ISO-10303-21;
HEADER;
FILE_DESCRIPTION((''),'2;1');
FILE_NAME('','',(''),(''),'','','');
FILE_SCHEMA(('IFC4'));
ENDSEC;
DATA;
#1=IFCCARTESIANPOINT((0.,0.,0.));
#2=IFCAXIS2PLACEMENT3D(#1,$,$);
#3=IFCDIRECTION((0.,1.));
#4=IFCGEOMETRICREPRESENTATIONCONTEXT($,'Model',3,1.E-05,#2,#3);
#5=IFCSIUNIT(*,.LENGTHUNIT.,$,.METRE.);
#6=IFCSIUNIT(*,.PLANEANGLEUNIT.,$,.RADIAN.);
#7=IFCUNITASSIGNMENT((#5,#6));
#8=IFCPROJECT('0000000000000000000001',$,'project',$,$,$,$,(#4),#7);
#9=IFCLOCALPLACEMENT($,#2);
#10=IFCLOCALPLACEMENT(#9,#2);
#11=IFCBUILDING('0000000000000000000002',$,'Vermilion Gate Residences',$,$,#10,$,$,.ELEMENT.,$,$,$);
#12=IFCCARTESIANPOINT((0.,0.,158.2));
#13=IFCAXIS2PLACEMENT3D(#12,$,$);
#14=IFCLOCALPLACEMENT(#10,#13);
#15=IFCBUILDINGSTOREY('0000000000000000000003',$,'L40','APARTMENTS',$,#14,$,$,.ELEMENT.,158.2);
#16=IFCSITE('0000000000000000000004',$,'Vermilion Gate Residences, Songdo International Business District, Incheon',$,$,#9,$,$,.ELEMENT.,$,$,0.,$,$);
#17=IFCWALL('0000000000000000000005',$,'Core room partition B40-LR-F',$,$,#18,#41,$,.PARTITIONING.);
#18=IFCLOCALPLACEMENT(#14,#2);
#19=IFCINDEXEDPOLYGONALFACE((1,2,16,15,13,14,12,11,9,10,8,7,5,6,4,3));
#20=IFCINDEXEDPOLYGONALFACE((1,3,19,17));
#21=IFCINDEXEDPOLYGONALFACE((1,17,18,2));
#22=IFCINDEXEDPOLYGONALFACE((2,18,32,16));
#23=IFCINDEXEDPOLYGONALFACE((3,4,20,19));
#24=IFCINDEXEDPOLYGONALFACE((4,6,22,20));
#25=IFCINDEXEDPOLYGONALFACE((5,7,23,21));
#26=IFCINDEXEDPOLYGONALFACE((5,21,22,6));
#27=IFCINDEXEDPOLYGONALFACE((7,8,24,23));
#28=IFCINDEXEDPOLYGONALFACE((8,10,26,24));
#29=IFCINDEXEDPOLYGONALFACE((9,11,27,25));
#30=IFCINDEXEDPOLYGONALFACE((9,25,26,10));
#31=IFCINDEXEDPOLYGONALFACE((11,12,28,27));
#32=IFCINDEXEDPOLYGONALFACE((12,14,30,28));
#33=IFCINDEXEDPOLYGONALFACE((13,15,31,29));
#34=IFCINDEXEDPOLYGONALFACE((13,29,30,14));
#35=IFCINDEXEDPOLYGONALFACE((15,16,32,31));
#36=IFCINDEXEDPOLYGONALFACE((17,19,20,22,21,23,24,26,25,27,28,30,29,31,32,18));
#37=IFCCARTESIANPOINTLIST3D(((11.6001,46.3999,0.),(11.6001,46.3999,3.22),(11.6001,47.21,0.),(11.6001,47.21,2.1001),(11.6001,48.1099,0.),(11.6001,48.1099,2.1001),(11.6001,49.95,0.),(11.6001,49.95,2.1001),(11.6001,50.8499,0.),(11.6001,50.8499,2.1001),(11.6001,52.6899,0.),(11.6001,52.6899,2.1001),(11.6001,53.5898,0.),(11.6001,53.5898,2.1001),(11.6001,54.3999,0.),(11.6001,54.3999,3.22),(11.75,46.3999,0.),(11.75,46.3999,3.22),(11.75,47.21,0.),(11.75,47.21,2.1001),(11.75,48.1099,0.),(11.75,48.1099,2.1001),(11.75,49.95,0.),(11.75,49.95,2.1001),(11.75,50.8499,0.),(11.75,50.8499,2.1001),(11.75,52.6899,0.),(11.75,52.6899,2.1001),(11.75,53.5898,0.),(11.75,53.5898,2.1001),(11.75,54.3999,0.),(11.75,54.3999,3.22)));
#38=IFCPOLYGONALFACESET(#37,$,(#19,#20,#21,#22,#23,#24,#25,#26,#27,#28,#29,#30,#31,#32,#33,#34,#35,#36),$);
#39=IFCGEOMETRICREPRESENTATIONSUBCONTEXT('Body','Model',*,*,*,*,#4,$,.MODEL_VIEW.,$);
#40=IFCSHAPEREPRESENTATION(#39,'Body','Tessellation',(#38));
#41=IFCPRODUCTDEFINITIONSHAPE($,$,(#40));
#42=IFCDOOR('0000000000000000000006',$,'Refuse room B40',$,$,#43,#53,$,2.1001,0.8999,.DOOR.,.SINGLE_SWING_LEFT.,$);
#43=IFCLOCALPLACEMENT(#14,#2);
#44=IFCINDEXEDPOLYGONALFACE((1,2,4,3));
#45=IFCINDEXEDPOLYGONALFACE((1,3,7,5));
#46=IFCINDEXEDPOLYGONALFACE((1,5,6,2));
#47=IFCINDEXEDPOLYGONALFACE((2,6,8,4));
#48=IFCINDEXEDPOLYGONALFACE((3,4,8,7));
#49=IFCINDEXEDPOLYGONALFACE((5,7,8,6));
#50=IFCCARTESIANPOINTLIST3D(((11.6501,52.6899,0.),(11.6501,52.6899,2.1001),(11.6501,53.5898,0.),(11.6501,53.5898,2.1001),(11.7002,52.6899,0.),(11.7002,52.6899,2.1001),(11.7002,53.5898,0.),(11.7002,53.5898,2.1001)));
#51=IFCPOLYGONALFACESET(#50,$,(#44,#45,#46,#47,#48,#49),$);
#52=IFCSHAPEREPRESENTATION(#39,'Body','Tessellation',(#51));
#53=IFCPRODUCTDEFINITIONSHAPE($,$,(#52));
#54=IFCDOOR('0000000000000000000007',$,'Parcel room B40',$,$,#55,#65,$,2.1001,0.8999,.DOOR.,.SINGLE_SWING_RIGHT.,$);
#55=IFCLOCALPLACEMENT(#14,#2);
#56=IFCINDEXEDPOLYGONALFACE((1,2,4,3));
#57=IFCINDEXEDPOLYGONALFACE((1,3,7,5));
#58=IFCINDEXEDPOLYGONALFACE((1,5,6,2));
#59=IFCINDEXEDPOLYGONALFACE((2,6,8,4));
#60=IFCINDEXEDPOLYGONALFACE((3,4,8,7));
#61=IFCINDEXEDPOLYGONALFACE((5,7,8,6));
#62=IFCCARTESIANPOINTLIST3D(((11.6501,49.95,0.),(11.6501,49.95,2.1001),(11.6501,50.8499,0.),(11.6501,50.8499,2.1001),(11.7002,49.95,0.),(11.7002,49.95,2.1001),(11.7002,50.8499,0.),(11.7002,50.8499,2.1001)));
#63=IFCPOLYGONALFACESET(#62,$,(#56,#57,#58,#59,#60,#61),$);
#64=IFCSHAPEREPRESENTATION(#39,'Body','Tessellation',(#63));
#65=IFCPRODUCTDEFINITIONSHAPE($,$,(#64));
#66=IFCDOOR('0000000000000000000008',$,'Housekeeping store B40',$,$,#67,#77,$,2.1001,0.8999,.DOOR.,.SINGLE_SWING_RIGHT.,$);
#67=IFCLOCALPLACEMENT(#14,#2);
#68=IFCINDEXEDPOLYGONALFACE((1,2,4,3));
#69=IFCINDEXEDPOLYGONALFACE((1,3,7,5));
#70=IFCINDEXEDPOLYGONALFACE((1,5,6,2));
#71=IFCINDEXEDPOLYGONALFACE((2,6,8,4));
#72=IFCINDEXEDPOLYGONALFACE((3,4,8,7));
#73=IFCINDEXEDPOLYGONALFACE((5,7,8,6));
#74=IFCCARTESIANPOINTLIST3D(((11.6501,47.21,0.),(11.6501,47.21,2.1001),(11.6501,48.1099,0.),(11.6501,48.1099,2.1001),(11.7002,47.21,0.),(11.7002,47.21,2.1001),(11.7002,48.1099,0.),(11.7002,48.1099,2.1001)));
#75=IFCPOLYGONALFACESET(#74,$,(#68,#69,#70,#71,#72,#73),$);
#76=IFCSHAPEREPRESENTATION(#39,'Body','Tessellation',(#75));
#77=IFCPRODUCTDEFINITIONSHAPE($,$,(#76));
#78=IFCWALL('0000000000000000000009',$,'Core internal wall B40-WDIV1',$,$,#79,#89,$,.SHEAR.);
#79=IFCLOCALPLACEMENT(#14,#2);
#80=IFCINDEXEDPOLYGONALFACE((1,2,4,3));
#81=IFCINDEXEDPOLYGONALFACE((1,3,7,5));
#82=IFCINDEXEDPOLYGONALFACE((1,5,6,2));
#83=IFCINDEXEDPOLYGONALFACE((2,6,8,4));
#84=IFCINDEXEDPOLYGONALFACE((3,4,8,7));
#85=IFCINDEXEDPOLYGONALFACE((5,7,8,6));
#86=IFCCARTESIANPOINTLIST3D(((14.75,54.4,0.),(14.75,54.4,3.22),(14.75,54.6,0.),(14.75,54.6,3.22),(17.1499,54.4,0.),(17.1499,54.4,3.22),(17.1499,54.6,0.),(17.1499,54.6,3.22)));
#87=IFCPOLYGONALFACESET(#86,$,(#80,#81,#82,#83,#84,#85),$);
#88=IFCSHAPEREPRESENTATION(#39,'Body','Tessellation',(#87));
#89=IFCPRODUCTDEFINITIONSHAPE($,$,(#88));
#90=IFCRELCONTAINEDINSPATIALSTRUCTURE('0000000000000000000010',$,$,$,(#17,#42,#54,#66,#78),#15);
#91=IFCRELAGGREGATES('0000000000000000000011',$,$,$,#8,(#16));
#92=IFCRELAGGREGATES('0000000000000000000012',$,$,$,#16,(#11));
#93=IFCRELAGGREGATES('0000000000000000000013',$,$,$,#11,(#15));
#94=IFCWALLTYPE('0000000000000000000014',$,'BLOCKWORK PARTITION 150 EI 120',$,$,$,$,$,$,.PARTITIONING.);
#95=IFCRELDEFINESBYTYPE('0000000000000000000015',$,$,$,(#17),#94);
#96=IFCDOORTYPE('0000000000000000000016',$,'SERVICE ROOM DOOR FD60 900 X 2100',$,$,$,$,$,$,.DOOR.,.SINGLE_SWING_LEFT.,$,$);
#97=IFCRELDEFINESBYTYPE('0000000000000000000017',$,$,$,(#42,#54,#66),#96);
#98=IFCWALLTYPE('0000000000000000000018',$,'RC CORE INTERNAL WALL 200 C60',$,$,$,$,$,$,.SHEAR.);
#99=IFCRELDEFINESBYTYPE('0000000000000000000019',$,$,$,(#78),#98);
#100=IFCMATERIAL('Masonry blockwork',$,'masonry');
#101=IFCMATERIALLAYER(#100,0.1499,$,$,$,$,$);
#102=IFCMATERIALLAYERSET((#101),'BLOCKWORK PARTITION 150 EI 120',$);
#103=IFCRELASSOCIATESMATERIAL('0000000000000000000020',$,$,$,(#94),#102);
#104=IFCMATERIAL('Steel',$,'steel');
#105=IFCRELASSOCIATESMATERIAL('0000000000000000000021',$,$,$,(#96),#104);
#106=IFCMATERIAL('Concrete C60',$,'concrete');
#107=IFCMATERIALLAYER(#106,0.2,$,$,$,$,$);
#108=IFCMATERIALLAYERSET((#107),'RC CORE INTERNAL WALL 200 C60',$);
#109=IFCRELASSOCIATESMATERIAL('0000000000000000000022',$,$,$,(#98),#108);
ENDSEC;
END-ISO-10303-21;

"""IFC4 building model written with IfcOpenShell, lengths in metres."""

from ifc_helpers import new_model, si_unit, direction, frame, frame_2d, origin, place, context, subcontext, project, spatial, rectangle, extrude, material, layer, layer_set, type_object, element, fill, save


model = new_model("IFC4")

# Units and contexts
model_context = context("Model", 3, precision=1e-05, world=origin(), true_north=direction((0.0, 1.0)))
body_context = subcontext(model_context, "Body", "Model", "MODEL_VIEW")
ifc_project = project(units=[si_unit("LENGTHUNIT", "METRE"), si_unit("PLANEANGLEUNIT", "RADIAN")], contexts=[model_context])

# Site, building, storey
site_placement = place(None, origin())
site = spatial("IfcSite", under=ifc_project, at=site_placement, Name="Vermilion Gate Residences, Songdo International Business District, Incheon", CompositionType="ELEMENT", RefElevation=0.0)
building_placement = place(site_placement, origin())
building = spatial("IfcBuilding", under=site, at=building_placement, Name="Vermilion Gate Residences", CompositionType="ELEMENT")
storey_placement = place(building_placement, frame((0.0, 0.0, 158.2)))
storey = spatial("IfcBuildingStorey", under=building, at=storey_placement, Name="L40", Description="APARTMENTS", CompositionType="ELEMENT", Elevation=158.2)

# Wall, openings, doors
ifc_material_1 = material(Name="Masonry blockwork", Category="masonry")
ifc_layer_1 = layer(ifc_material_1, 0.1499)
ifc_layer_set_1 = layer_set([ifc_layer_1], Name="BLOCKWORK PARTITION 150 EI 120")
wall_type_1 = type_object("IfcWallType", Name="BLOCKWORK PARTITION 150 EI 120", PredefinedType="PARTITIONING", material=ifc_layer_set_1)
wall_1_placement = place(storey_placement, frame((11.675, 54.3999, 0.0), z_axis=(0.0, 0.0, 1.0), x_axis=(0.0, -1.0, 0.0)))
wall_1 = element("IfcWall", 1, at=wall_1_placement, inside=storey, type_object=wall_type_1, Name="Core room partition B40-LR-F", PredefinedType="PARTITIONING", context=body_context, shape_type="SweptSolid", body=[
    extrude(rectangle(XDim=8.0, YDim=0.1499, at=frame_2d((4.0, 0.0))), origin(), (0.0, 0.0, 1.0), 3.22),
])
opening_1_placement = place(wall_1_placement, frame((0.8101, 0.0, 0.0)))
opening_1 = element("IfcOpeningElement", 2, at=opening_1_placement, cuts=wall_1, PredefinedType="OPENING", context=body_context, shape_type="SweptSolid", body=[
    extrude(rectangle(XDim=0.8999, YDim=2.1001, at=frame_2d((0.45, 1.05))), frame((0.0, 0.085, 0.0), z_axis=(0.0, -1.0, 0.0), x_axis=(1.0, 0.0, 0.0)), (0.0, 0.0, 1.0), 0.1699),
])
opening_2_placement = place(wall_1_placement, frame((3.55, 0.0, 0.0)))
opening_2 = element("IfcOpeningElement", 3, at=opening_2_placement, cuts=wall_1, PredefinedType="OPENING", context=body_context, shape_type="SweptSolid", body=[
    extrude(rectangle(XDim=0.8999, YDim=2.1001, at=frame_2d((0.45, 1.05))), frame((0.0, 0.085, 0.0), z_axis=(0.0, -1.0, 0.0), x_axis=(1.0, 0.0, 0.0)), (0.0, 0.0, 1.0), 0.1699),
])
opening_3_placement = place(wall_1_placement, frame((6.29, 0.0, 0.0)))
opening_3 = element("IfcOpeningElement", 4, at=opening_3_placement, cuts=wall_1, PredefinedType="OPENING", context=body_context, shape_type="SweptSolid", body=[
    extrude(rectangle(XDim=0.8999, YDim=2.1001, at=frame_2d((0.45, 1.05))), frame((0.0, 0.085, 0.0), z_axis=(0.0, -1.0, 0.0), x_axis=(1.0, 0.0, 0.0)), (0.0, 0.0, 1.0), 0.1699),
])
ifc_material_2 = material(Name="Steel", Category="steel")
door_type = type_object("IfcDoorType", Name="SERVICE ROOM DOOR FD60 900 X 2100", OperationType="SINGLE_SWING_LEFT", PredefinedType="DOOR", material=ifc_material_2)
door_1_placement = place(opening_1_placement, frame((0.8999, 0.0, 0.0), z_axis=(0.0, 0.0, 1.0), x_axis=(-1.0, 0.0, 0.0)))
door_1 = element("IfcDoor", 5, at=door_1_placement, inside=storey, type_object=door_type, Name="Refuse room B40", OperationType="SINGLE_SWING_LEFT", OverallHeight=2.1001, OverallWidth=0.8999, PredefinedType="DOOR", context=body_context, shape_type="SweptSolid", body=[
    extrude(rectangle(XDim=0.8999, YDim=2.1001, at=frame_2d((0.45, 1.05))), frame((0.0, 0.0249, 0.0), z_axis=(0.0, -1.0, 0.0), x_axis=(1.0, 0.0, 0.0)), (0.0, 0.0, 1.0), 0.05),
])
fill(opening_1, door_1)
door_2_placement = place(opening_2_placement, frame((0.8999, 0.0, 0.0), z_axis=(0.0, 0.0, 1.0), x_axis=(-1.0, 0.0, 0.0)))
door_2 = element("IfcDoor", 6, at=door_2_placement, inside=storey, type_object=door_type, Name="Parcel room B40", OperationType="SINGLE_SWING_RIGHT", OverallHeight=2.1001, OverallWidth=0.8999, PredefinedType="DOOR", context=body_context, shape_type="SweptSolid", body=[
    extrude(rectangle(XDim=0.8999, YDim=2.1001, at=frame_2d((0.45, 1.05))), frame((0.0, 0.0249, 0.0), z_axis=(0.0, -1.0, 0.0), x_axis=(1.0, 0.0, 0.0)), (0.0, 0.0, 1.0), 0.05),
])
fill(opening_2, door_2)
door_3_placement = place(opening_3_placement, frame((0.8999, 0.0, 0.0), z_axis=(0.0, 0.0, 1.0), x_axis=(-1.0, 0.0, 0.0)))
door_3 = element("IfcDoor", 7, at=door_3_placement, inside=storey, type_object=door_type, Name="Housekeeping store B40", OperationType="SINGLE_SWING_RIGHT", OverallHeight=2.1001, OverallWidth=0.8999, PredefinedType="DOOR", context=body_context, shape_type="SweptSolid", body=[
    extrude(rectangle(XDim=0.8999, YDim=2.1001, at=frame_2d((0.45, 1.05))), frame((0.0, 0.0249, 0.0), z_axis=(0.0, -1.0, 0.0), x_axis=(1.0, 0.0, 0.0)), (0.0, 0.0, 1.0), 0.05),
])
fill(opening_3, door_3)

# Wall
ifc_material_3 = material(Name="Concrete C60", Category="concrete")
ifc_layer_2 = layer(ifc_material_3, 0.2)
ifc_layer_set_2 = layer_set([ifc_layer_2], Name="RC CORE INTERNAL WALL 200 C60")
wall_type_2 = type_object("IfcWallType", Name="RC CORE INTERNAL WALL 200 C60", PredefinedType="SHEAR", material=ifc_layer_set_2)
wall_2_placement = place(storey_placement, frame((14.75, 54.5, 0.0), z_axis=(0.0, 0.0, 1.0), x_axis=(1.0, 0.0, 0.0)))
element("IfcWall", 8, at=wall_2_placement, inside=storey, type_object=wall_type_2, Name="Core internal wall B40-WDIV1", PredefinedType="SHEAR", context=body_context, shape_type="SweptSolid", body=[
    extrude(rectangle(XDim=2.3999, YDim=0.2, at=frame_2d((1.2, 0.0))), origin(), (0.0, 0.0, 1.0), 3.22),
])

save(model, "model.ifc")
